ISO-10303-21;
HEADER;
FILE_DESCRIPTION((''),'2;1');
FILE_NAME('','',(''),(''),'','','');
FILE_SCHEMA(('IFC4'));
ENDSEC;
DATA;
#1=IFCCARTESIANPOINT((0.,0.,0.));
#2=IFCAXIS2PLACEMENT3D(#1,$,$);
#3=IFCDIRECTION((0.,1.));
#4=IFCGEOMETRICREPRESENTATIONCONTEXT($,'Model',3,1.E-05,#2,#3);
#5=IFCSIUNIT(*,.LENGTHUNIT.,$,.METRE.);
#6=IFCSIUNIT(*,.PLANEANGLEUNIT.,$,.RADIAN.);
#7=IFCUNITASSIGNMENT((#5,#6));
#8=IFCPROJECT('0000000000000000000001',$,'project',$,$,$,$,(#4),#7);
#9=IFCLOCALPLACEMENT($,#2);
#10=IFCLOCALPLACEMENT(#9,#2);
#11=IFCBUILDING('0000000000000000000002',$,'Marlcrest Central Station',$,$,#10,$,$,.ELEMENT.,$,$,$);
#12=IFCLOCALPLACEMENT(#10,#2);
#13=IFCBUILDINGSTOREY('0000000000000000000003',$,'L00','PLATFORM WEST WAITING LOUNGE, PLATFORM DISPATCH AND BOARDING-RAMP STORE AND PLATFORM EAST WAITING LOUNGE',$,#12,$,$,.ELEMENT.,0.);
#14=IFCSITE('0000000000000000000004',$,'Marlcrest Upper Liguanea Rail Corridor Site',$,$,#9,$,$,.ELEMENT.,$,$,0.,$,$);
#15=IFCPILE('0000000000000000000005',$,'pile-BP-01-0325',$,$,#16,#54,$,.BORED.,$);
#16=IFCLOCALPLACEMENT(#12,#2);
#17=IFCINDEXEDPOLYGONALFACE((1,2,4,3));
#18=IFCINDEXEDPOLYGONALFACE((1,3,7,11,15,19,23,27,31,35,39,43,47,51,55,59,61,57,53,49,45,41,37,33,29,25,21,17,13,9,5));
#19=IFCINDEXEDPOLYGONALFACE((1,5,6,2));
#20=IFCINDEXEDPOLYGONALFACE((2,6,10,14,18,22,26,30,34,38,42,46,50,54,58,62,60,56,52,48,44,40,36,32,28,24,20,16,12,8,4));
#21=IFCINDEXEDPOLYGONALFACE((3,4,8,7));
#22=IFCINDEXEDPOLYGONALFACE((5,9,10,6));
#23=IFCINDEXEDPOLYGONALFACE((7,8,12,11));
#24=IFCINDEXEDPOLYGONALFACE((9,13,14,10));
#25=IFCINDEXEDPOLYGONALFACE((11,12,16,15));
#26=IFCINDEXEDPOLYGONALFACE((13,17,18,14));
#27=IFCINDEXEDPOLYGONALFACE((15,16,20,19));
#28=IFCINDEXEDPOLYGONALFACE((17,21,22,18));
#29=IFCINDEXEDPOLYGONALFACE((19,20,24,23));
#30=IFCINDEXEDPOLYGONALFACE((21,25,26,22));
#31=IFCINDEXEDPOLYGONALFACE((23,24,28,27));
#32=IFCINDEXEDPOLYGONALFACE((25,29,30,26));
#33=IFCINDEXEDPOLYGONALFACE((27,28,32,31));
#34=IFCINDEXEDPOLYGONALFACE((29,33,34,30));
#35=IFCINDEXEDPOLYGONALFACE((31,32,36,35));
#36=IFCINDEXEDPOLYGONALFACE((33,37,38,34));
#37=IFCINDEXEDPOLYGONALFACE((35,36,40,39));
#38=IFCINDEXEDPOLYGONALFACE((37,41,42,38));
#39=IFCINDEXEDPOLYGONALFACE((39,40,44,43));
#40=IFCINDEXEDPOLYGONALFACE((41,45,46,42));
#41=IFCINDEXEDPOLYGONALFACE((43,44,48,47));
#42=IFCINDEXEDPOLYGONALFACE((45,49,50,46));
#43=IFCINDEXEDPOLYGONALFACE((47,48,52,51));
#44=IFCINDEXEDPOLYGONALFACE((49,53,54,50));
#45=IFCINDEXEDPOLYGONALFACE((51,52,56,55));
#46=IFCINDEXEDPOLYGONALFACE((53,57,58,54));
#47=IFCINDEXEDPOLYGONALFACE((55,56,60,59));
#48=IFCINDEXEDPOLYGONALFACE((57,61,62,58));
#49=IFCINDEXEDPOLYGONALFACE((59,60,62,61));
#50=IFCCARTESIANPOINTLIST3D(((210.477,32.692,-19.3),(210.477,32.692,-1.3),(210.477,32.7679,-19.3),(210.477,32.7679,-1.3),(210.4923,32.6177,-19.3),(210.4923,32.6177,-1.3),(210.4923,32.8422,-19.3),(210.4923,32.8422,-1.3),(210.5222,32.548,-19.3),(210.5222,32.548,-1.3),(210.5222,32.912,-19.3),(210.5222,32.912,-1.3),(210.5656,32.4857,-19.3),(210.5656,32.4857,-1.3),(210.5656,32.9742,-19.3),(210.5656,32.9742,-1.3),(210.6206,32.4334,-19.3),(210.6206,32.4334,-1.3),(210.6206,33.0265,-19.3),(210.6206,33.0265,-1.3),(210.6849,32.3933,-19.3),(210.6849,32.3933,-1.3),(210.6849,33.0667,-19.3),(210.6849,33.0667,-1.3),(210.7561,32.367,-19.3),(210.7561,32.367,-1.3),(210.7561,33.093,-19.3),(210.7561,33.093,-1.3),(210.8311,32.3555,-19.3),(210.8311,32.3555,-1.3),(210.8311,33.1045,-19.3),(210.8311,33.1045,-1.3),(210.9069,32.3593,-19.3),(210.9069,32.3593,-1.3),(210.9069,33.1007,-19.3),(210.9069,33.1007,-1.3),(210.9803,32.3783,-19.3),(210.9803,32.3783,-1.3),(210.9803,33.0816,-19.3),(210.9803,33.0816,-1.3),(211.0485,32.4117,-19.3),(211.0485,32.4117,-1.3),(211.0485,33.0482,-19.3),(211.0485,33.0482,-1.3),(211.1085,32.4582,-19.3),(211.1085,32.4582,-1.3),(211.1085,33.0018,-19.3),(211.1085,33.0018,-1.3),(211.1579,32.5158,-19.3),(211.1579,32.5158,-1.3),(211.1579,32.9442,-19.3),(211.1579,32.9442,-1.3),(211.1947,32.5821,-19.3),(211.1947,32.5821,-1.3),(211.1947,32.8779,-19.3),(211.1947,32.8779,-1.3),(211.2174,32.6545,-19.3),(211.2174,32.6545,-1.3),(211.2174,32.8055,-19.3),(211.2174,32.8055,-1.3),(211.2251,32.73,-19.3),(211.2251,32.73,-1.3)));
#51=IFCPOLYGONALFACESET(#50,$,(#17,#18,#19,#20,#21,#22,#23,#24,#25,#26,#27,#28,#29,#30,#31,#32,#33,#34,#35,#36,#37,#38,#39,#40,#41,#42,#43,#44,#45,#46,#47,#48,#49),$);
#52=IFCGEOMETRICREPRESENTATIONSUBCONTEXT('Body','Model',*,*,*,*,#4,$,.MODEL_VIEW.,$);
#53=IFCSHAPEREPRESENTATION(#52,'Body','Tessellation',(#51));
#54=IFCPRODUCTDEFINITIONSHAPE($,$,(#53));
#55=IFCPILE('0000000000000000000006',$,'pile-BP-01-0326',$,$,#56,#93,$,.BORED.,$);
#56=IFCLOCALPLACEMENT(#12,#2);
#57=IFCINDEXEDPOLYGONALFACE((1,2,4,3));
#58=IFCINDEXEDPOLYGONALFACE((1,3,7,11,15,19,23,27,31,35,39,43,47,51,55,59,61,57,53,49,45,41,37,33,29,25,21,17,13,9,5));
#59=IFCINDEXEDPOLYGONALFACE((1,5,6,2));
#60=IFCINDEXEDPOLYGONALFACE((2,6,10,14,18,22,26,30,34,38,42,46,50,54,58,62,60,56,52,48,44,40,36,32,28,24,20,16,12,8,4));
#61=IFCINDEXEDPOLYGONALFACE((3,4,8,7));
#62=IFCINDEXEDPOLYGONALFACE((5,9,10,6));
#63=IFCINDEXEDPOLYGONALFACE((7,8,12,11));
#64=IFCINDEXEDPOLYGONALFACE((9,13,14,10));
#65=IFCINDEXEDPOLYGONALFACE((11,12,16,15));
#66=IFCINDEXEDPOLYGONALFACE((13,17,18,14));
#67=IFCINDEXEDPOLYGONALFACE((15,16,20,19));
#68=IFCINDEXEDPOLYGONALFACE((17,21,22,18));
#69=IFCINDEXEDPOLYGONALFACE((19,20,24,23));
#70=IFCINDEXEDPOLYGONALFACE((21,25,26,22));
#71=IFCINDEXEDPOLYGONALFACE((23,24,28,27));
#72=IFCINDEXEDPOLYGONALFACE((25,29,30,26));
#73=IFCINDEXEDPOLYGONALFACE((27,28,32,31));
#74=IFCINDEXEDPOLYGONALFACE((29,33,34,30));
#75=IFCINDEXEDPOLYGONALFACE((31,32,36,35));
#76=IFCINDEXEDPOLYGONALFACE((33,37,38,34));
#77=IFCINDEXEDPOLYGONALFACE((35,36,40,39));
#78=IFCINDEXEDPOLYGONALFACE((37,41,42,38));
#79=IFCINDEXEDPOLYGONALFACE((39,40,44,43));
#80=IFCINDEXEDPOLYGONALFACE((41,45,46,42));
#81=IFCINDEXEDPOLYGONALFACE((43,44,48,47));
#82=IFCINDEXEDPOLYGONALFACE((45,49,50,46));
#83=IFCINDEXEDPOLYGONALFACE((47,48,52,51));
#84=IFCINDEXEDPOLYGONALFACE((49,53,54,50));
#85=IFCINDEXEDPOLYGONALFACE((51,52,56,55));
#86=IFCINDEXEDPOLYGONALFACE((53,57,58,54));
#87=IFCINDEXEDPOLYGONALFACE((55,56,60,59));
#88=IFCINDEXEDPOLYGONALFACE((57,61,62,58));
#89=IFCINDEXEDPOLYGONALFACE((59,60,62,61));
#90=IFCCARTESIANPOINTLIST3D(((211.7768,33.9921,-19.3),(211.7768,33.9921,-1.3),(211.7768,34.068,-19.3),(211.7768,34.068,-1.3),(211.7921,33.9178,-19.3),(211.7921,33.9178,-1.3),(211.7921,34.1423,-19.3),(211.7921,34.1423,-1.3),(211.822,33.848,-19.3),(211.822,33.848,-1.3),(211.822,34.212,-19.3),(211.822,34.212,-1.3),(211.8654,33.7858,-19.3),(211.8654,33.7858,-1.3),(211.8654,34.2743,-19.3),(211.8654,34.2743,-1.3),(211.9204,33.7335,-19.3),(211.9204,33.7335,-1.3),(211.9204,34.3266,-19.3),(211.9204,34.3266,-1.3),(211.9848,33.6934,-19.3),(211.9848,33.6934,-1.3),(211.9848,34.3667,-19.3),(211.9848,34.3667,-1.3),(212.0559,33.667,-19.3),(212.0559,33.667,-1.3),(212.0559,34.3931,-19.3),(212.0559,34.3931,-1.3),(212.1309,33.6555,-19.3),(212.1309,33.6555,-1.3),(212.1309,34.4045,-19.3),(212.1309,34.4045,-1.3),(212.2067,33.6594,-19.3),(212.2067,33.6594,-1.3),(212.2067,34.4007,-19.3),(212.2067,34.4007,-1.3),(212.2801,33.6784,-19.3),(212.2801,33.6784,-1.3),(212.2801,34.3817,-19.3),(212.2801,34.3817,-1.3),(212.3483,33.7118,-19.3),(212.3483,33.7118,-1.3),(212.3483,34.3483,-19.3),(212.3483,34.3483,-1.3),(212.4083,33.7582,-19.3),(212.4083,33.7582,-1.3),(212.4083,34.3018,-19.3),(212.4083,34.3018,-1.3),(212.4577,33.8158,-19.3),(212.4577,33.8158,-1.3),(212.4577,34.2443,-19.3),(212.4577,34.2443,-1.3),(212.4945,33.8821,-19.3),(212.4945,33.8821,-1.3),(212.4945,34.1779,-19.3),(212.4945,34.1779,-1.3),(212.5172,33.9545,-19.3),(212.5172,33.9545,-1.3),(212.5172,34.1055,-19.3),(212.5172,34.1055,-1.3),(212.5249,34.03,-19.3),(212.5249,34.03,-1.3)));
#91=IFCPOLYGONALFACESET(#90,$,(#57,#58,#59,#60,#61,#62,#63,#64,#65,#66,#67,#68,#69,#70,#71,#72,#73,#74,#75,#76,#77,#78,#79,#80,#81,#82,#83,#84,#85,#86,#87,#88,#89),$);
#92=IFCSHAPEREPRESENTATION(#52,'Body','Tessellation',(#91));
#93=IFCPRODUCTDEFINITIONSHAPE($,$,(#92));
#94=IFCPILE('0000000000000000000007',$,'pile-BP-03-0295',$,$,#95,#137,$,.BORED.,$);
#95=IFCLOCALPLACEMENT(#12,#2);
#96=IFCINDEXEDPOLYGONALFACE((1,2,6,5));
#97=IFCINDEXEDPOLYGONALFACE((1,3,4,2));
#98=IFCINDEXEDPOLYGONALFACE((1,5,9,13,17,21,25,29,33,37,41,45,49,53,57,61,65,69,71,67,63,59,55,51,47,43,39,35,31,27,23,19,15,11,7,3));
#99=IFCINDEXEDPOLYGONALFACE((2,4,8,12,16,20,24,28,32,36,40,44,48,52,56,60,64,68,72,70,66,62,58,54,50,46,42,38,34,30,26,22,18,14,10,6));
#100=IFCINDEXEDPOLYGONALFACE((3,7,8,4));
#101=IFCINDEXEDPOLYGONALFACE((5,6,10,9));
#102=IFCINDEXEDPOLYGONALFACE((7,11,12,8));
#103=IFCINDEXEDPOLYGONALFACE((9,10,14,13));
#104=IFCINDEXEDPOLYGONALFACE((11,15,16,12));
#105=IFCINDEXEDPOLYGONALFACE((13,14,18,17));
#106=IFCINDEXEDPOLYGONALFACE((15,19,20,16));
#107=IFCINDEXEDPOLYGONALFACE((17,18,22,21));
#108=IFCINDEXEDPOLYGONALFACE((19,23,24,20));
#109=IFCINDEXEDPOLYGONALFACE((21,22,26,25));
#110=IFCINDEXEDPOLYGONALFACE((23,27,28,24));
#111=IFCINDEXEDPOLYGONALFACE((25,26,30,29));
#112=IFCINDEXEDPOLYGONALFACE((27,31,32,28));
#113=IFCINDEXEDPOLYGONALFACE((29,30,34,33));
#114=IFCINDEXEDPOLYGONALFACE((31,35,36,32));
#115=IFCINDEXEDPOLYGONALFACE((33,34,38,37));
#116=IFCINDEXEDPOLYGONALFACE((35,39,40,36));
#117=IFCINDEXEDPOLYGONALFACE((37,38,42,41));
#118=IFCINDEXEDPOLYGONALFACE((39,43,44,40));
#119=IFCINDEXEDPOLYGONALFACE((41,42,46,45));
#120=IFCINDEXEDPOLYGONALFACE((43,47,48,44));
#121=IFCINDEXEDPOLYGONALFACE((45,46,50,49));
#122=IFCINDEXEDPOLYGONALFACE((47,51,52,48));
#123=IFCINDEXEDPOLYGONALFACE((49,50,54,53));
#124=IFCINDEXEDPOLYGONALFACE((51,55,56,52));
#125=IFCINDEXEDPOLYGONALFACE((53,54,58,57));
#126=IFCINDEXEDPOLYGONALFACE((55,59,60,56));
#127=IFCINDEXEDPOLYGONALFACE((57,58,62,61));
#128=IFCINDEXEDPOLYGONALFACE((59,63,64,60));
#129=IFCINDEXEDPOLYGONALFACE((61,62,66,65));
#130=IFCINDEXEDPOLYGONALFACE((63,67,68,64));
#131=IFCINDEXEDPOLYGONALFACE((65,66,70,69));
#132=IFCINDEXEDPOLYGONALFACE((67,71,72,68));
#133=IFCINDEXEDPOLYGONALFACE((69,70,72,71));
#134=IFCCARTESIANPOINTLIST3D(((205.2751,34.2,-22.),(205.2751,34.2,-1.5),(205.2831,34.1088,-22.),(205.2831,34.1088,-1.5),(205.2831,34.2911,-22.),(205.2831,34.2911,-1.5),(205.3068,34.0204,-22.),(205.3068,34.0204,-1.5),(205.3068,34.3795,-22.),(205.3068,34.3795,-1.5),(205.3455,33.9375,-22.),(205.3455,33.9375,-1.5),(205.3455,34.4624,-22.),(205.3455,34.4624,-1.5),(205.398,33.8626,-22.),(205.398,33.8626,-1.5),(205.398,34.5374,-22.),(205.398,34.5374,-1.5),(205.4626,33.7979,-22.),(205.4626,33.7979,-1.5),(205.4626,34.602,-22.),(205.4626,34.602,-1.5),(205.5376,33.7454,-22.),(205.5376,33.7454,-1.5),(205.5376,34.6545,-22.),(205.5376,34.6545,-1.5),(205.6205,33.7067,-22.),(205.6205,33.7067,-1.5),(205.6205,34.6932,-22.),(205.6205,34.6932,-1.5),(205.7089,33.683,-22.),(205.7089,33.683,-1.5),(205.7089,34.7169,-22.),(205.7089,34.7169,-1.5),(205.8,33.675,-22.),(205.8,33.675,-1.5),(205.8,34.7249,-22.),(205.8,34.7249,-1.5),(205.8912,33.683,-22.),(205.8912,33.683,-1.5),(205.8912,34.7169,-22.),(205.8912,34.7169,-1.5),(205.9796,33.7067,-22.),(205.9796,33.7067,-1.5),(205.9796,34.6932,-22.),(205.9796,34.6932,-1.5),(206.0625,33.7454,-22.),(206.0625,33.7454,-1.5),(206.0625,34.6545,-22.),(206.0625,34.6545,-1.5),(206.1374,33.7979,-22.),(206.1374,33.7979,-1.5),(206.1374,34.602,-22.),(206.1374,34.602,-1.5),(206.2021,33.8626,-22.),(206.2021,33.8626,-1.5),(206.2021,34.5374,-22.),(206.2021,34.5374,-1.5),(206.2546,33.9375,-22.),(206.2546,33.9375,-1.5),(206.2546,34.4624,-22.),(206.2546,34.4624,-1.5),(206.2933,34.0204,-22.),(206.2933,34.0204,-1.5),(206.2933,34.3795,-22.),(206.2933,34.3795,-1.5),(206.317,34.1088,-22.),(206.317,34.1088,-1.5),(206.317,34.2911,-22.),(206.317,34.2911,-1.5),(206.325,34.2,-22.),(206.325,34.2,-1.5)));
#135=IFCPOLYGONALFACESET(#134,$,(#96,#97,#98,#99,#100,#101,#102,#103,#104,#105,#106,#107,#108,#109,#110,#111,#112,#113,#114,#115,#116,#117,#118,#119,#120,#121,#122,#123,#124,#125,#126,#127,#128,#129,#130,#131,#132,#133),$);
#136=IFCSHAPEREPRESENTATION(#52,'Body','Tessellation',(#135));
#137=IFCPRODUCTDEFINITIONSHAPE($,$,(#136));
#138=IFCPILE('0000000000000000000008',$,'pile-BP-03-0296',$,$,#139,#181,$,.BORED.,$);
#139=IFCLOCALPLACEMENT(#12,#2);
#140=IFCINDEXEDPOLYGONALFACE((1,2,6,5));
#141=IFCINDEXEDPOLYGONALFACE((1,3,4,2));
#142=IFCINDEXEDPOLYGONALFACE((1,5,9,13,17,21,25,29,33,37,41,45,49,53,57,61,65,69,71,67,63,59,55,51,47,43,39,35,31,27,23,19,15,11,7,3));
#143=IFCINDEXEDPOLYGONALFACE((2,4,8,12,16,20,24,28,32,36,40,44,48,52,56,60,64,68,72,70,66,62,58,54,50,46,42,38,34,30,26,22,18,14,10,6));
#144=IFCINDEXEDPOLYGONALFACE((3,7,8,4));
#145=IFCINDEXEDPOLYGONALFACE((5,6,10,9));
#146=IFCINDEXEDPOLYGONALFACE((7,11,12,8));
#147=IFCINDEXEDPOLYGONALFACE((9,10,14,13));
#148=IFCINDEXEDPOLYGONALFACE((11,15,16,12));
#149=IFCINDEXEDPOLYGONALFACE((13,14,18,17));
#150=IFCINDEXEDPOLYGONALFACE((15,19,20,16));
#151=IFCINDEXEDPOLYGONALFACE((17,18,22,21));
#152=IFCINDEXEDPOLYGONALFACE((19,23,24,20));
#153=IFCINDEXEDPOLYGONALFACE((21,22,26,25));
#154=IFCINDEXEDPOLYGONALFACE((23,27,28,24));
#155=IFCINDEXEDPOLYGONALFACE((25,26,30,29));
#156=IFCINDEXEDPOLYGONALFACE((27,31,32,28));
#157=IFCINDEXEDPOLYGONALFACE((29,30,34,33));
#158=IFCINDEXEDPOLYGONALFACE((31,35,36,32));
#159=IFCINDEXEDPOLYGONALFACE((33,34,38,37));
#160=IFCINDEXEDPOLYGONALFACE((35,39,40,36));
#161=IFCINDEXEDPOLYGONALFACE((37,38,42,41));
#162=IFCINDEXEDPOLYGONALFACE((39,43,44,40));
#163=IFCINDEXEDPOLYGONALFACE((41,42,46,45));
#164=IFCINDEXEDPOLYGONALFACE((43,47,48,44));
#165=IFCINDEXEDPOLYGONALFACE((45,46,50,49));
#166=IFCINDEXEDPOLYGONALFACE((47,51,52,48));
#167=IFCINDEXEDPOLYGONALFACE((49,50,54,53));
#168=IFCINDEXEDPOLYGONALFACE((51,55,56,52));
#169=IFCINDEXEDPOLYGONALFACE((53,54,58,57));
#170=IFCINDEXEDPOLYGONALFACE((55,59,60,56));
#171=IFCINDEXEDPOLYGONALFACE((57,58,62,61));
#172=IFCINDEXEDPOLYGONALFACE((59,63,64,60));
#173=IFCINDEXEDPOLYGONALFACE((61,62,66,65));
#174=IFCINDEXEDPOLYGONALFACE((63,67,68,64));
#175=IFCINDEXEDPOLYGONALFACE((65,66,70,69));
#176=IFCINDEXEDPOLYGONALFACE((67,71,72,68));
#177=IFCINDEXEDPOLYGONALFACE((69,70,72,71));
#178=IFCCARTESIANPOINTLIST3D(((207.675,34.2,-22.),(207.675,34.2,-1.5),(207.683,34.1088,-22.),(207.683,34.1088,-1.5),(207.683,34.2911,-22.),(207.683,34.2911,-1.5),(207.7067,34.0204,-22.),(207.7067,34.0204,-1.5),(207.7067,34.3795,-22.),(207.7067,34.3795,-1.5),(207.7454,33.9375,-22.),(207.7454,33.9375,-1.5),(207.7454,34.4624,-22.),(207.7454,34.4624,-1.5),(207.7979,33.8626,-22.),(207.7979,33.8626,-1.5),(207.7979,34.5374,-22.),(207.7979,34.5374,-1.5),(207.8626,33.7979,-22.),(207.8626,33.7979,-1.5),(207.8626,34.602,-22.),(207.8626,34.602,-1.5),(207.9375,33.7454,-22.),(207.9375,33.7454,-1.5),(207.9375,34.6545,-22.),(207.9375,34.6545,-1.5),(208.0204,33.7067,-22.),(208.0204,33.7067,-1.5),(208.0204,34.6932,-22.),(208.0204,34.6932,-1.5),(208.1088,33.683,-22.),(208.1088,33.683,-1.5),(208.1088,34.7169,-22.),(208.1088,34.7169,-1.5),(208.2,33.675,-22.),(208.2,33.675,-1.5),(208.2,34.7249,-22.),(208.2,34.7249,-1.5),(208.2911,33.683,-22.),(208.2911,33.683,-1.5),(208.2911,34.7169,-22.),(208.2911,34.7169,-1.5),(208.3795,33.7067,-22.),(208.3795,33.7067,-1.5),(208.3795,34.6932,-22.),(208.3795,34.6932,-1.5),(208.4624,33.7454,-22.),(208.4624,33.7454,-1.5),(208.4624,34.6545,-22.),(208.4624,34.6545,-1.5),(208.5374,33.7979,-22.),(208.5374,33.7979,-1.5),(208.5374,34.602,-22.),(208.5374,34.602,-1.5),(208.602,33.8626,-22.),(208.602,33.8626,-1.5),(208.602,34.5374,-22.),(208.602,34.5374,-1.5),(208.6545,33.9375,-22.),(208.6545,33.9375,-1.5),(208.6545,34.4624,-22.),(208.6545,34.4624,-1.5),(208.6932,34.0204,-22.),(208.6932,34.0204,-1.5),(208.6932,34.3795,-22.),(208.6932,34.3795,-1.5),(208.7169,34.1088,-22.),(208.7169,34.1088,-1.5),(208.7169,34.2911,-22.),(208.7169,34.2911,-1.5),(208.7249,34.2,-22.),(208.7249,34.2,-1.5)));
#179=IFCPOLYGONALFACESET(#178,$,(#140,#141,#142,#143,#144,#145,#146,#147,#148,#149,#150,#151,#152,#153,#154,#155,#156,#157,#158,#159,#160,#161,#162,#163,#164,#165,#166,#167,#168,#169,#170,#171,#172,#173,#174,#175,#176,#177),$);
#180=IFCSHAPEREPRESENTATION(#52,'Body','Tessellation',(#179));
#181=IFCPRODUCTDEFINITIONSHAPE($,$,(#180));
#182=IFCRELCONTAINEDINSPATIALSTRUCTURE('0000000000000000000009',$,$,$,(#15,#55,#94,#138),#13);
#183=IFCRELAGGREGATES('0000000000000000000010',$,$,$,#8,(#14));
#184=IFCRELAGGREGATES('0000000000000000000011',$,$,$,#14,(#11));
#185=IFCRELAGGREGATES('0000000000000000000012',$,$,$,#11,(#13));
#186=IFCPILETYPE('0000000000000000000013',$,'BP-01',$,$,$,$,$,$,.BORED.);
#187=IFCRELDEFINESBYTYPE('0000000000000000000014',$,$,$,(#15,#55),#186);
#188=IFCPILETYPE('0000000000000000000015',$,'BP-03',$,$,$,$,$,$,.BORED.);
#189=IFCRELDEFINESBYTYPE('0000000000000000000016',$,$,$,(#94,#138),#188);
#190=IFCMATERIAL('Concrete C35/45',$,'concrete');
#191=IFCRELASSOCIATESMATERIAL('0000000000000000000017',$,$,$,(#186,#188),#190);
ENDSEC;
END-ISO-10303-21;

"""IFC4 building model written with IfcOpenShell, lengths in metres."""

from ifc_helpers import new_model, si_unit, direction, frame, origin, origin_2d, place, context, subcontext, project, spatial, circle, extrude, material, material_profile, profile_set, type_object, element, save


model = new_model("IFC4")

# Units and contexts
model_context = context("Model", 3, precision=1e-05, world=origin(), true_north=direction((0.0, 1.0)))
body_context = subcontext(model_context, "Body", "Model", "MODEL_VIEW")
ifc_project = project(units=[si_unit("LENGTHUNIT", "METRE"), si_unit("PLANEANGLEUNIT", "RADIAN")], contexts=[model_context])

# Site, building, storey
site_placement = place(None, origin())
site = spatial("IfcSite", under=ifc_project, at=site_placement, Name="Marlcrest Upper Liguanea Rail Corridor Site", CompositionType="ELEMENT", RefElevation=0.0)
building_placement = place(site_placement, origin())
building = spatial("IfcBuilding", under=site, at=building_placement, Name="Marlcrest Central Station", CompositionType="ELEMENT")
storey_placement = place(building_placement, origin())
storey = spatial("IfcBuildingStorey", under=building, at=storey_placement, Name="L00", Description="PLATFORM WEST WAITING LOUNGE, PLATFORM DISPATCH AND BOARDING-RAMP STORE AND PLATFORM EAST WAITING LOUNGE", CompositionType="ELEMENT", Elevation=0.0)

# Piles
ifc_material_1 = material(Name="Concrete C35/45", Category="concrete")
ifc_material_profile_1 = material_profile(ifc_material_1, circle(Radius=0.375, at=origin_2d()), Name="PILE D750")
ifc_profile_set_1 = profile_set([ifc_material_profile_1], Name="Concrete C35/45")
pile_type_1 = type_object("IfcPileType", Name="BP-01", PredefinedType="BORED", material=ifc_profile_set_1)
for number, where, z_axis, x_axis, name in (
    (1, (210.8501, 32.73, -1.3), (0.0, 0.0, -1.0), (1.0, 0.0, 0.0), "pile-BP-01-0325"),
    (2, (212.1499, 34.03, -1.3), (0.0, 0.0, -1.0), (1.0, 0.0, 0.0), "pile-BP-01-0326"),
):
    element("IfcPile", number, at=place(storey_placement, frame(where, z_axis=z_axis, x_axis=x_axis)), inside=storey, type_object=pile_type_1, Name=name, PredefinedType="BORED", context=body_context, shape_type="SweptSolid", body=[
        extrude(circle(Radius=0.375, at=origin_2d()), origin(), (0.0, 0.0, 1.0), 18.0),
    ])
ifc_material_profile_2 = material_profile(ifc_material_1, circle(Radius=0.5249, at=origin_2d()), Name="PILE D1050")
ifc_profile_set_2 = profile_set([ifc_material_profile_2], Name="Concrete C35/45")
pile_type_2 = type_object("IfcPileType", Name="BP-03", PredefinedType="BORED", material=ifc_profile_set_2)
for number, where, z_axis, x_axis, name in (
    (3, (205.8, 34.2, -1.5), (0.0, 0.0, -1.0), (1.0, 0.0, 0.0), "pile-BP-03-0295"),
    (4, (208.2, 34.2, -1.5), (0.0, 0.0, -1.0), (1.0, 0.0, 0.0), "pile-BP-03-0296"),
):
    element("IfcPile", number, at=place(storey_placement, frame(where, z_axis=z_axis, x_axis=x_axis)), inside=storey, type_object=pile_type_2, Name=name, PredefinedType="BORED", context=body_context, shape_type="SweptSolid", body=[
        extrude(circle(Radius=0.5249, at=origin_2d()), origin(), (0.0, 0.0, 1.0), 20.5),
    ])

save(model, "model.ifc")
